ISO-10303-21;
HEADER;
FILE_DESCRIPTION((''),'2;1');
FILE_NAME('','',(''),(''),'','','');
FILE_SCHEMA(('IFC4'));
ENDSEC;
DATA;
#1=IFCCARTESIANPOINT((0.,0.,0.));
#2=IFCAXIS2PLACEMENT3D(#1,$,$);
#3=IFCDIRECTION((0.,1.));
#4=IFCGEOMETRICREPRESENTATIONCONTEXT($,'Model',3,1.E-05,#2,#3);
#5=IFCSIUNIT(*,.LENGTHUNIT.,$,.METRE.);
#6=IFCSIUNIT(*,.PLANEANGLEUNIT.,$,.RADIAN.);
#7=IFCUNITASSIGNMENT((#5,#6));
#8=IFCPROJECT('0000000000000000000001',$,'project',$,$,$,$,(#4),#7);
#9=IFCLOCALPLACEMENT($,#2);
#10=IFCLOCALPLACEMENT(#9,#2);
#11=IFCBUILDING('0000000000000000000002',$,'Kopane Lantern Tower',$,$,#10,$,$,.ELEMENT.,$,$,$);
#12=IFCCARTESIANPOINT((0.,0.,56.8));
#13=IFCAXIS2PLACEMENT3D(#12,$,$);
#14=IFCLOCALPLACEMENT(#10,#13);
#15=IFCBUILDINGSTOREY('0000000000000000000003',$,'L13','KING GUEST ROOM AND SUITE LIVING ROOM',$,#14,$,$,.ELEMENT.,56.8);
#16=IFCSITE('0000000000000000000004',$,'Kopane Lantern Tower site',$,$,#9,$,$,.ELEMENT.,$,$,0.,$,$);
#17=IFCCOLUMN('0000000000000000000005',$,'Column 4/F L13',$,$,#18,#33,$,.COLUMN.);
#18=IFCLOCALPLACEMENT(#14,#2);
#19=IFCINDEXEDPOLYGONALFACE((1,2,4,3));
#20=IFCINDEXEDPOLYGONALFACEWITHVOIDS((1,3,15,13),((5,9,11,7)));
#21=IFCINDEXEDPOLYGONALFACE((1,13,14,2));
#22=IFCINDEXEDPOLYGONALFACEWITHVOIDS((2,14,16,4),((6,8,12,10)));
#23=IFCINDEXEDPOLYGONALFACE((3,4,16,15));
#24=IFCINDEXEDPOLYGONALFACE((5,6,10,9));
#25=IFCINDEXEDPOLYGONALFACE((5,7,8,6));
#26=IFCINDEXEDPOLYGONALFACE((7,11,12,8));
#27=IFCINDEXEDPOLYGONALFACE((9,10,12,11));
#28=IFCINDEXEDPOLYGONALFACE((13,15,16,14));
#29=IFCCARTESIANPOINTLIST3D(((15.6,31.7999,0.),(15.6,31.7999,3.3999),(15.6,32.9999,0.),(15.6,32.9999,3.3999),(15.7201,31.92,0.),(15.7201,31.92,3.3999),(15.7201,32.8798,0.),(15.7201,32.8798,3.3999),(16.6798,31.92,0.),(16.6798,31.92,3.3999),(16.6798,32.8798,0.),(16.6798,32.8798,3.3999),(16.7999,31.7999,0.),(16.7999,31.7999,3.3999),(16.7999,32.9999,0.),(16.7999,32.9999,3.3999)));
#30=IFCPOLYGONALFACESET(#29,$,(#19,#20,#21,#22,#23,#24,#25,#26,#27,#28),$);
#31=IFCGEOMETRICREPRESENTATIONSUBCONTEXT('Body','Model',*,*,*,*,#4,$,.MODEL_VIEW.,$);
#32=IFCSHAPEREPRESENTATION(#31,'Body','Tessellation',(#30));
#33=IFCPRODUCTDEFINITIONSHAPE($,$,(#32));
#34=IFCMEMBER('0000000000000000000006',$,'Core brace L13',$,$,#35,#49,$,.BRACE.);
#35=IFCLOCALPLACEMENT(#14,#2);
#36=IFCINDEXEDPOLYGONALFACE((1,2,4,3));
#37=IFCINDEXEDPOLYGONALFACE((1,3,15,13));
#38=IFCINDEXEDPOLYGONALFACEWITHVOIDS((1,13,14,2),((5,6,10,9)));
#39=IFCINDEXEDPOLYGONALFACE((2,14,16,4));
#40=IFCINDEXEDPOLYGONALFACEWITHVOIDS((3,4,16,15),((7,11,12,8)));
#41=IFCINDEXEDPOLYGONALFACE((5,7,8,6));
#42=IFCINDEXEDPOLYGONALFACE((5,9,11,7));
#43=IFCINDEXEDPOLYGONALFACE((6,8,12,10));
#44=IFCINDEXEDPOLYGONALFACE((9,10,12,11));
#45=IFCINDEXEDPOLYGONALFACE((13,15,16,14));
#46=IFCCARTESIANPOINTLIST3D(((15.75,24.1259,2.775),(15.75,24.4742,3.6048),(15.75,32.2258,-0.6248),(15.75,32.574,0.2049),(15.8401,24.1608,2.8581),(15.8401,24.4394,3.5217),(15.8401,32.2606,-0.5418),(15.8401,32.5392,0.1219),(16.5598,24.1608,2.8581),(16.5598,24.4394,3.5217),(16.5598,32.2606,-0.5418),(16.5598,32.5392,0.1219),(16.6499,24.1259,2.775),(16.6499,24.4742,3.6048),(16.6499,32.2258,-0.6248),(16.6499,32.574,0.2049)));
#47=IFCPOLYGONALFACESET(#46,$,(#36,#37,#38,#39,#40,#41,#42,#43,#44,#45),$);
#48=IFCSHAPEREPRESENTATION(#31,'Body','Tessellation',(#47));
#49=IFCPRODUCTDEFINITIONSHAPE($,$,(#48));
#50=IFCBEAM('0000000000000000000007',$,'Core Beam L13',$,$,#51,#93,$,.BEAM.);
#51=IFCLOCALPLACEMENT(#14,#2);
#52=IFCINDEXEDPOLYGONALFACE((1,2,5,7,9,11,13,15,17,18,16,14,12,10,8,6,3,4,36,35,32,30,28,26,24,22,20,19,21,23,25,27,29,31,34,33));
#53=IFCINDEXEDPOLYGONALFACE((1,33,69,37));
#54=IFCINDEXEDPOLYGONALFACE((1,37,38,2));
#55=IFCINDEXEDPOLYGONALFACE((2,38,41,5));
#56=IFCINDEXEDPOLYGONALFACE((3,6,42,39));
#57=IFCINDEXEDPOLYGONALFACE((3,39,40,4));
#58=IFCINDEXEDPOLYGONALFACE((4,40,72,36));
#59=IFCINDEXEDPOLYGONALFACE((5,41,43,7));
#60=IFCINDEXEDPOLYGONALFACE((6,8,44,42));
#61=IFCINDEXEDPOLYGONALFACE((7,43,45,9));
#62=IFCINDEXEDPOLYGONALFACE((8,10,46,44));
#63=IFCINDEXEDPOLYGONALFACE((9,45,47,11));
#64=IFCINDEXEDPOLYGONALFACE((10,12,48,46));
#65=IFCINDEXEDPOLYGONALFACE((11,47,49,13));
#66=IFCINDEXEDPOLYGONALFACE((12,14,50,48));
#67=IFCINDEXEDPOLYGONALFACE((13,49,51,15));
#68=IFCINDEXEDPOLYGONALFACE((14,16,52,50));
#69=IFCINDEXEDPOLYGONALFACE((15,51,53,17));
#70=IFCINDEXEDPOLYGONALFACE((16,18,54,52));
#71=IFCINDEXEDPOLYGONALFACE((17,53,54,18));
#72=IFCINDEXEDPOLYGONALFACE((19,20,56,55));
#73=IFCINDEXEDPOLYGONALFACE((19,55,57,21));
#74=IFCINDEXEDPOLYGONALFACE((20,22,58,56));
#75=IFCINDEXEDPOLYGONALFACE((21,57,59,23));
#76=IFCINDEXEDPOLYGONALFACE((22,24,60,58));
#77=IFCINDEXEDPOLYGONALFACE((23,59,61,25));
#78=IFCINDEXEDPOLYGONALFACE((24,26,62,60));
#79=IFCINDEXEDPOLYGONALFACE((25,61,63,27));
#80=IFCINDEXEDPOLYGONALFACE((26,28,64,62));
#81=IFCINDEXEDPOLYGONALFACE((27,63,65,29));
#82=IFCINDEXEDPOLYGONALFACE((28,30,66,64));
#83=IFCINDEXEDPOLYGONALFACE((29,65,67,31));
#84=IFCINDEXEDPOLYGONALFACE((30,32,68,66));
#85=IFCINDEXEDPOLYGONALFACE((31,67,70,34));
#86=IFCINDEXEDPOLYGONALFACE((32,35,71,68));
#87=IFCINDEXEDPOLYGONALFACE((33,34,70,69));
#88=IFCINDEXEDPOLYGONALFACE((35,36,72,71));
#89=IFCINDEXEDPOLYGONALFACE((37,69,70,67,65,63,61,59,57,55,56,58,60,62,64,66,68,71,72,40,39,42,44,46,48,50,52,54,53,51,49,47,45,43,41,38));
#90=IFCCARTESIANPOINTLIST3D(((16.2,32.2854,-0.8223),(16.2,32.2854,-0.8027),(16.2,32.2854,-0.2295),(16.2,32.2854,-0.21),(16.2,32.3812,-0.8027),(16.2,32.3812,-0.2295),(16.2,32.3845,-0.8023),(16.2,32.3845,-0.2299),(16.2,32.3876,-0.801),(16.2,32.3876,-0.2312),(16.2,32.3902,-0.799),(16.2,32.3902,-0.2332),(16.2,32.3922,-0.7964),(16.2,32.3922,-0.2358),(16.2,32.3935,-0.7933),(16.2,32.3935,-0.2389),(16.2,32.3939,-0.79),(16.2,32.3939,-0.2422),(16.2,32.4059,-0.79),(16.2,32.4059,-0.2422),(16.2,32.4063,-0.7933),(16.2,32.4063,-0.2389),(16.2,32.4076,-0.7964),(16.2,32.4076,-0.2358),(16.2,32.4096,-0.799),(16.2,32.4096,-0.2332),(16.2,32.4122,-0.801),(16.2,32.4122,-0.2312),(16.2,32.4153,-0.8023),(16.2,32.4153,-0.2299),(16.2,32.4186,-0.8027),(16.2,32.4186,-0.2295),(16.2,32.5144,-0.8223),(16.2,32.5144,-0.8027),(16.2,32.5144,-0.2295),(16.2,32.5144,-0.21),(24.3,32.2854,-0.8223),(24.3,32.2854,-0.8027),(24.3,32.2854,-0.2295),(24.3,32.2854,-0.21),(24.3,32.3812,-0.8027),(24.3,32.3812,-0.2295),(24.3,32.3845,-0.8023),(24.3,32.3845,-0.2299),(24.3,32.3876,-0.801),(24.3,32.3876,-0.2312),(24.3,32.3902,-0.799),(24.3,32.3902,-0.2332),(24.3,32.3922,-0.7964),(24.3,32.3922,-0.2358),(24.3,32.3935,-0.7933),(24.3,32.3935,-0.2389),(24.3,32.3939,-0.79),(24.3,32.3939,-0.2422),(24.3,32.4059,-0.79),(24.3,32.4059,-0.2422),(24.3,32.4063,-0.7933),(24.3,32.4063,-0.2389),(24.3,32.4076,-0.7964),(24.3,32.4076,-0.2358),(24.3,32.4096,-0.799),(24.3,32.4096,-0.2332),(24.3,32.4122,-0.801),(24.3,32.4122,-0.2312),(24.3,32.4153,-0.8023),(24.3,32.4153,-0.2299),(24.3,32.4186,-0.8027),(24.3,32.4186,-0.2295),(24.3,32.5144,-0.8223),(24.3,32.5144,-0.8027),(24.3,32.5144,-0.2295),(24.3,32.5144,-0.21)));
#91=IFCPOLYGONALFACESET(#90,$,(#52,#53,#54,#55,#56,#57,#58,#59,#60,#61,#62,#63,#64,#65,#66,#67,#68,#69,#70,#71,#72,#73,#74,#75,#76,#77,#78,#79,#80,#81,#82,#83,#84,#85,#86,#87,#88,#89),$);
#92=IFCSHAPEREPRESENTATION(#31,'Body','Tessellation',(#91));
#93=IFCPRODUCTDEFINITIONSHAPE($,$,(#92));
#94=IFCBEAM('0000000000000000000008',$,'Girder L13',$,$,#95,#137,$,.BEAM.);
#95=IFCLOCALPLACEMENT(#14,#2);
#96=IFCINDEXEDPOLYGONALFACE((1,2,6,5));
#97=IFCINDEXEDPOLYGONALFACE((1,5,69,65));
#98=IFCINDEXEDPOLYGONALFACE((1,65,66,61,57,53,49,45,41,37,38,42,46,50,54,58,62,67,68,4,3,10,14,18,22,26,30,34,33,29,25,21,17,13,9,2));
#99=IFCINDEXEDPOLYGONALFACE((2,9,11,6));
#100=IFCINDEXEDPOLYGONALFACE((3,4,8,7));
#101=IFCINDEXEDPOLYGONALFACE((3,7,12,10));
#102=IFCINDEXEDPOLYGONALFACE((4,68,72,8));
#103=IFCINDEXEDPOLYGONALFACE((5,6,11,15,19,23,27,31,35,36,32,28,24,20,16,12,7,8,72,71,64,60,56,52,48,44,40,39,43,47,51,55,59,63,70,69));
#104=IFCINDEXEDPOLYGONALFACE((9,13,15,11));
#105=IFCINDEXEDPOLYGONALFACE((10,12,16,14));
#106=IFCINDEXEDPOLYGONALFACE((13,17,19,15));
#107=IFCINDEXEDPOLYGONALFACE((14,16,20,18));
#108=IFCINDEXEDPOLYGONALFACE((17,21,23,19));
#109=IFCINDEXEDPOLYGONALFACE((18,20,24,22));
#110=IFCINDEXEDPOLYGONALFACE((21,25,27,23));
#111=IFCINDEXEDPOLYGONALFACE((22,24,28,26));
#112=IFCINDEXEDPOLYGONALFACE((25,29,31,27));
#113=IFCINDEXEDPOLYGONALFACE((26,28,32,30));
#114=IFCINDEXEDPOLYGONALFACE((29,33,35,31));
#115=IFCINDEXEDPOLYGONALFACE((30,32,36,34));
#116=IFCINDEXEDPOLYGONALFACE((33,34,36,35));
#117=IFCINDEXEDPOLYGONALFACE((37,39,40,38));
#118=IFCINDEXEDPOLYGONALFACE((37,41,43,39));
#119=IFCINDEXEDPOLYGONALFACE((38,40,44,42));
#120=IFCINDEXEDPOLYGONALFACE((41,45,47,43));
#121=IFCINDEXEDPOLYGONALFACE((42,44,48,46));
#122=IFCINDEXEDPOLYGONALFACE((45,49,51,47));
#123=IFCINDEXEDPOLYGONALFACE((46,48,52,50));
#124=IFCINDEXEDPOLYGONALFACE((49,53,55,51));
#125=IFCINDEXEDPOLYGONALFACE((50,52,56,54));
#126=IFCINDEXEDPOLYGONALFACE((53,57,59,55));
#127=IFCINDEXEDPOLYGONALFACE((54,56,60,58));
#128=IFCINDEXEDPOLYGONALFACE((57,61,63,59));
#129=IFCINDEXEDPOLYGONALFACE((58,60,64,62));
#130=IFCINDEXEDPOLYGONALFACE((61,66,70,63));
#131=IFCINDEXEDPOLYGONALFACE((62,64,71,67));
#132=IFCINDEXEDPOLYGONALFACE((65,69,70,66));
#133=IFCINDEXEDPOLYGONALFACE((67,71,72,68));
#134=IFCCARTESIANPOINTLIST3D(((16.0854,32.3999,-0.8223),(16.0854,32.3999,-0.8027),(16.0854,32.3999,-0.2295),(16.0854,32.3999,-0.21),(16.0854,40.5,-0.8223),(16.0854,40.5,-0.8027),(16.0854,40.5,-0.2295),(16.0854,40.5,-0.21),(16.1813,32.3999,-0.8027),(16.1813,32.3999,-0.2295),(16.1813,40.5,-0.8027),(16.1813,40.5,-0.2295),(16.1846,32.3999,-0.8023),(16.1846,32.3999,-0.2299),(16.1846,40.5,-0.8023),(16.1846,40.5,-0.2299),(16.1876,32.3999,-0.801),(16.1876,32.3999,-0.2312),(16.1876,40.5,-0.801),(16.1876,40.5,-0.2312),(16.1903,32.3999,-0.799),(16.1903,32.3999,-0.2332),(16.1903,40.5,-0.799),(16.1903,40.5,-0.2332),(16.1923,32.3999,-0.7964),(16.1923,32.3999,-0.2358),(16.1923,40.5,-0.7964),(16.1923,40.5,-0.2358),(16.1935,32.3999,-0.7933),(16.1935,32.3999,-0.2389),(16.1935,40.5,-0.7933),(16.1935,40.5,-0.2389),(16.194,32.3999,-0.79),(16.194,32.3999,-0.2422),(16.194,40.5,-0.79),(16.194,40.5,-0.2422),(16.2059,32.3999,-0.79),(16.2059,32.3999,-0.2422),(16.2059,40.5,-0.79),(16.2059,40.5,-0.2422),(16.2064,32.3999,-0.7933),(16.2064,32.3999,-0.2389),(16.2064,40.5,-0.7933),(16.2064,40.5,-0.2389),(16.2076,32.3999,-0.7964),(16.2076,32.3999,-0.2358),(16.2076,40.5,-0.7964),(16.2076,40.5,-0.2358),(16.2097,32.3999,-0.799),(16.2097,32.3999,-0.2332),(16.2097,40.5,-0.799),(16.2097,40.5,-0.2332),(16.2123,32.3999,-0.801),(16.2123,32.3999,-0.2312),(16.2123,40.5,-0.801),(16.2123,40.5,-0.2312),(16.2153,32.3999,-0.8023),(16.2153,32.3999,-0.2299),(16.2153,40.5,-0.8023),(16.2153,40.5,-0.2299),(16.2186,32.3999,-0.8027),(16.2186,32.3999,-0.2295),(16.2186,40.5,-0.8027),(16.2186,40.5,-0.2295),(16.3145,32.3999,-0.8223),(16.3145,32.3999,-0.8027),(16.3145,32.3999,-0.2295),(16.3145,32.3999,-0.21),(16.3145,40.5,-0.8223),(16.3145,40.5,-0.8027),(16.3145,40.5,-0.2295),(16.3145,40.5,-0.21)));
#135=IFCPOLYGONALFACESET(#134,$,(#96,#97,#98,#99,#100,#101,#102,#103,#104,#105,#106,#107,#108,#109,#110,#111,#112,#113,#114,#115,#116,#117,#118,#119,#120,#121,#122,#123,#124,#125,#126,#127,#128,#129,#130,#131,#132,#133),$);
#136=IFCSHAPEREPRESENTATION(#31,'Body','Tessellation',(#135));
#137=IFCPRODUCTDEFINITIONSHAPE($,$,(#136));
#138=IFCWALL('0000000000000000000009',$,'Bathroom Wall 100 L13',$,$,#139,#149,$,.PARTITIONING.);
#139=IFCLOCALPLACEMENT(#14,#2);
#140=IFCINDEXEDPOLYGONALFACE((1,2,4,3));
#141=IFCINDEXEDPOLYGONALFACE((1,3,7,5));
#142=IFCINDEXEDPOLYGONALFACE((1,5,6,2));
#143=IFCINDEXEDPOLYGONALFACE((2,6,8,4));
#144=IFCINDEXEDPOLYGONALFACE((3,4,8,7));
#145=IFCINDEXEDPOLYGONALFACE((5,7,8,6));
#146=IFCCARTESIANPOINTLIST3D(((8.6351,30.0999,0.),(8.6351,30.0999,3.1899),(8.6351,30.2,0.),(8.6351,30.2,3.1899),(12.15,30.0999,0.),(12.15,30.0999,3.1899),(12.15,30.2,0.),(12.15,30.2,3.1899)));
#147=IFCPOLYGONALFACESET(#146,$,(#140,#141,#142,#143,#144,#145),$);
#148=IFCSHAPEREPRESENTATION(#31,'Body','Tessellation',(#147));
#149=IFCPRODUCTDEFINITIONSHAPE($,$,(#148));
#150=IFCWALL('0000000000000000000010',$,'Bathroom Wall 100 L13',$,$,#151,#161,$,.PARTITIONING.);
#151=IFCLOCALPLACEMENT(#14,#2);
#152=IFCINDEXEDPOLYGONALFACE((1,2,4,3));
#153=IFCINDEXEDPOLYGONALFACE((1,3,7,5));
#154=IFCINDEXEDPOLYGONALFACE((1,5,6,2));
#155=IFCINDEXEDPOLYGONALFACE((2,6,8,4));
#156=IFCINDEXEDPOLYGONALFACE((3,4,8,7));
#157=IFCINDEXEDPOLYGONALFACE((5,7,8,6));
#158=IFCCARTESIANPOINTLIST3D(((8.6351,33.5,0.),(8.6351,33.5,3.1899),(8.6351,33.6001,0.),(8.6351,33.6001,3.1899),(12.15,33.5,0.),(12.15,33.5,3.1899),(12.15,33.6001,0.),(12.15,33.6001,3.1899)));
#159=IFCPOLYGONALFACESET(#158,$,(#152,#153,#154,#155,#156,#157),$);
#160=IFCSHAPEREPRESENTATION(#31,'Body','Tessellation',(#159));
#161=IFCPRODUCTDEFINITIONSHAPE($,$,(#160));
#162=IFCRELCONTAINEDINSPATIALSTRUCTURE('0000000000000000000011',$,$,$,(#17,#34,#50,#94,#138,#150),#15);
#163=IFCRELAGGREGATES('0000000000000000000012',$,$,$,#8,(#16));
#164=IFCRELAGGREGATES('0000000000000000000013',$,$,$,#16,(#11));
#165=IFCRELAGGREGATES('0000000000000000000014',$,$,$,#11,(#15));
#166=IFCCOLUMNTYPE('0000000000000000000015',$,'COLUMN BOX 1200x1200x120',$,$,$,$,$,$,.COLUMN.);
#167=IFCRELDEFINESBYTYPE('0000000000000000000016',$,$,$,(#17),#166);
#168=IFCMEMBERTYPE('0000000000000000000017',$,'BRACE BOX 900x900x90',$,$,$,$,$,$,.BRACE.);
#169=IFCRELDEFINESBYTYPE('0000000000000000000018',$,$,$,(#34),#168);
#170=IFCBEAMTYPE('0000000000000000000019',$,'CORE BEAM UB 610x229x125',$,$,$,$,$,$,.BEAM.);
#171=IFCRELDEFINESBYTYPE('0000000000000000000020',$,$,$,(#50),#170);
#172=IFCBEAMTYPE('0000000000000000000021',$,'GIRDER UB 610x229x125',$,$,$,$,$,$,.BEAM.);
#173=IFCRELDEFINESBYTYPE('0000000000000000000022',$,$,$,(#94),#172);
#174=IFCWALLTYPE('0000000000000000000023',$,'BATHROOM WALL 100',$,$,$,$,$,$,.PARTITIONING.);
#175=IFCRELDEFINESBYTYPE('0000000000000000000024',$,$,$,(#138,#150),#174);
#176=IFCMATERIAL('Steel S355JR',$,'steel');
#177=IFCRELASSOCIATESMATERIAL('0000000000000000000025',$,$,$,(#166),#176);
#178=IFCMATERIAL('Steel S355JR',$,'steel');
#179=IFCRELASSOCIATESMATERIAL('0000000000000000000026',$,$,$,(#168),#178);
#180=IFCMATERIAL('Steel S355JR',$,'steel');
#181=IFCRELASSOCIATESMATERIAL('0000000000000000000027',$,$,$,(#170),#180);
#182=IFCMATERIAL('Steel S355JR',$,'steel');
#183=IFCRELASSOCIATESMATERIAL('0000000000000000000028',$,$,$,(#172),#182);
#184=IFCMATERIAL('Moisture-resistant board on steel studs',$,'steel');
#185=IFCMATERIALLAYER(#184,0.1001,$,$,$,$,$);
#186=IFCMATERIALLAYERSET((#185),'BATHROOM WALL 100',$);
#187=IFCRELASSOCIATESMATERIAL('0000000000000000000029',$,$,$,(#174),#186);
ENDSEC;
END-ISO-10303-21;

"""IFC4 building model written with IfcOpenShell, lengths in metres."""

from ifc_helpers import new_model, si_unit, direction, frame, frame_2d, origin, origin_2d, place, context, subcontext, project, spatial, rectangle, hollow_rectangle, i_section, extrude, material, layer, layer_set, material_profile, profile_set, type_object, element, save


model = new_model("IFC4")

# Units and contexts
model_context = context("Model", 3, precision=1e-05, world=origin(), true_north=direction((0.0, 1.0)))
body_context = subcontext(model_context, "Body", "Model", "MODEL_VIEW")
ifc_project = project(units=[si_unit("LENGTHUNIT", "METRE"), si_unit("PLANEANGLEUNIT", "RADIAN")], contexts=[model_context])

# Site, building, storey
site_placement = place(None, origin())
site = spatial("IfcSite", under=ifc_project, at=site_placement, Name="Kopane Lantern Tower site", CompositionType="ELEMENT", RefElevation=0.0)
building_placement = place(site_placement, origin())
building = spatial("IfcBuilding", under=site, at=building_placement, Name="Kopane Lantern Tower", CompositionType="ELEMENT")
storey_placement = place(building_placement, frame((0.0, 0.0, 56.8)))
storey = spatial("IfcBuildingStorey", under=building, at=storey_placement, Name="L13", Description="KING GUEST ROOM AND SUITE LIVING ROOM", CompositionType="ELEMENT", Elevation=56.8)

# Column
ifc_material_1 = material(Name="Steel S355JR", Category="steel")
ifc_material_profile_1 = material_profile(ifc_material_1, hollow_rectangle(XDim=1.2, YDim=1.2, WallThickness=0.1201, at=origin_2d()), Name="BOX 1200x1200x120")
ifc_profile_set_1 = profile_set([ifc_material_profile_1], Name="Steel S355JR")
column_type = type_object("IfcColumnType", Name="COLUMN BOX 1200x1200x120", PredefinedType="COLUMN", material=ifc_profile_set_1)
column_placement = place(storey_placement, frame((16.2, 32.3999, 0.0), z_axis=(0.0, 0.0, 1.0), x_axis=(1.0, 0.0, 0.0)))
element("IfcColumn", 1, at=column_placement, inside=storey, type_object=column_type, Name="Column 4/F L13", PredefinedType="COLUMN", context=body_context, shape_type="SweptSolid", body=[
    extrude(hollow_rectangle(XDim=1.2, YDim=1.2, WallThickness=0.1201, at=origin_2d()), origin(), (0.0, 0.0, 1.0), 3.3999),
])

# Member
ifc_material_2 = material(Name="Steel S355JR", Category="steel")
ifc_material_profile_2 = material_profile(ifc_material_2, hollow_rectangle(XDim=0.8999, YDim=0.8999, WallThickness=0.0901, at=origin_2d()), Name="BOX 900x900x90")
ifc_profile_set_2 = profile_set([ifc_material_profile_2], Name="Steel S355JR")
member_type = type_object("IfcMemberType", Name="BRACE BOX 900x900x90", PredefinedType="BRACE", material=ifc_profile_set_2)
member_placement = place(storey_placement, frame((16.2, 32.3999, -0.21), z_axis=(0.0, -0.922065, 0.387035), x_axis=(1.0, 0.0, 0.0)))
element("IfcMember", 2, at=member_placement, inside=storey, type_object=member_type, Name="Core brace L13", PredefinedType="BRACE", context=body_context, shape_type="SweptSolid", body=[
    extrude(hollow_rectangle(XDim=0.8999, YDim=0.8999, WallThickness=0.0901, at=origin_2d()), origin(), (0.0, 0.0, 1.0), 8.7844),
])

# Beams
ifc_material_3 = material(Name="Steel S355JR", Category="steel")
ifc_material_profile_3 = material_profile(ifc_material_3, i_section(OverallWidth=0.229, OverallDepth=0.6123, WebThickness=0.012, FlangeThickness=0.0195, FilletRadius=0.0127, at=origin_2d()), Name="UB 610x229x125")
ifc_profile_set_3 = profile_set([ifc_material_profile_3], Name="Steel S355JR")
beam_type_1 = type_object("IfcBeamType", Name="CORE BEAM UB 610x229x125", PredefinedType="BEAM", material=ifc_profile_set_3)
beam_1_placement = place(storey_placement, frame((16.2, 32.3999, -0.5161), z_axis=(1.0, 0.0, 0.0), x_axis=(0.0, 1.0, 0.0)))
element("IfcBeam", 3, at=beam_1_placement, inside=storey, type_object=beam_type_1, Name="Core Beam L13", PredefinedType="BEAM", context=body_context, shape_type="SweptSolid", body=[
    extrude(i_section(OverallWidth=0.229, OverallDepth=0.6123, WebThickness=0.012, FlangeThickness=0.0195, FilletRadius=0.0127, at=origin_2d()), origin(), (0.0, 0.0, 1.0), 8.1001),
])
ifc_material_4 = material(Name="Steel S355JR", Category="steel")
ifc_material_profile_4 = material_profile(ifc_material_4, i_section(OverallWidth=0.229, OverallDepth=0.6123, WebThickness=0.012, FlangeThickness=0.0195, FilletRadius=0.0127, at=origin_2d()), Name="UB 610x229x125")
ifc_profile_set_4 = profile_set([ifc_material_profile_4], Name="Steel S355JR")
beam_type_2 = type_object("IfcBeamType", Name="GIRDER UB 610x229x125", PredefinedType="BEAM", material=ifc_profile_set_4)
beam_2_placement = place(storey_placement, frame((16.2, 32.3999, -0.5161), z_axis=(0.0, 1.0, 0.0), x_axis=(-1.0, 0.0, 0.0)))
element("IfcBeam", 4, at=beam_2_placement, inside=storey, type_object=beam_type_2, Name="Girder L13", PredefinedType="BEAM", context=body_context, shape_type="SweptSolid", body=[
    extrude(i_section(OverallWidth=0.229, OverallDepth=0.6123, WebThickness=0.012, FlangeThickness=0.0195, FilletRadius=0.0127, at=origin_2d()), origin(), (0.0, 0.0, 1.0), 8.1001),
])

# Walls
ifc_material_5 = material(Name="Moisture-resistant board on steel studs", Category="steel")
ifc_layer_1 = layer(ifc_material_5, 0.1001)
ifc_layer_set_1 = layer_set([ifc_layer_1], Name="BATHROOM WALL 100")
wall_type_1 = type_object("IfcWallType", Name="BATHROOM WALL 100", PredefinedType="PARTITIONING", material=ifc_layer_set_1)
for number, where, z_axis, x_axis, name in (
    (5, (12.1499, 30.1499, 0.0), (0.0, 0.0, 1.0), (-1.0, 0.0, 0.0), "Bathroom Wall 100 L13"),
    (6, (12.1499, 33.55, 0.0), (0.0, 0.0, 1.0), (-1.0, 0.0, 0.0), "Bathroom Wall 100 L13"),
):
    element("IfcWall", number, at=place(storey_placement, frame(where, z_axis=z_axis, x_axis=x_axis)), inside=storey, type_object=wall_type_1, Name=name, PredefinedType="PARTITIONING", context=body_context, shape_type="SweptSolid", body=[
        extrude(rectangle(XDim=3.5149, YDim=0.1001, at=frame_2d((1.7573, 0.0))), origin(), (0.0, 0.0, 1.0), 3.1899),
    ])

save(model, "model.ifc")
